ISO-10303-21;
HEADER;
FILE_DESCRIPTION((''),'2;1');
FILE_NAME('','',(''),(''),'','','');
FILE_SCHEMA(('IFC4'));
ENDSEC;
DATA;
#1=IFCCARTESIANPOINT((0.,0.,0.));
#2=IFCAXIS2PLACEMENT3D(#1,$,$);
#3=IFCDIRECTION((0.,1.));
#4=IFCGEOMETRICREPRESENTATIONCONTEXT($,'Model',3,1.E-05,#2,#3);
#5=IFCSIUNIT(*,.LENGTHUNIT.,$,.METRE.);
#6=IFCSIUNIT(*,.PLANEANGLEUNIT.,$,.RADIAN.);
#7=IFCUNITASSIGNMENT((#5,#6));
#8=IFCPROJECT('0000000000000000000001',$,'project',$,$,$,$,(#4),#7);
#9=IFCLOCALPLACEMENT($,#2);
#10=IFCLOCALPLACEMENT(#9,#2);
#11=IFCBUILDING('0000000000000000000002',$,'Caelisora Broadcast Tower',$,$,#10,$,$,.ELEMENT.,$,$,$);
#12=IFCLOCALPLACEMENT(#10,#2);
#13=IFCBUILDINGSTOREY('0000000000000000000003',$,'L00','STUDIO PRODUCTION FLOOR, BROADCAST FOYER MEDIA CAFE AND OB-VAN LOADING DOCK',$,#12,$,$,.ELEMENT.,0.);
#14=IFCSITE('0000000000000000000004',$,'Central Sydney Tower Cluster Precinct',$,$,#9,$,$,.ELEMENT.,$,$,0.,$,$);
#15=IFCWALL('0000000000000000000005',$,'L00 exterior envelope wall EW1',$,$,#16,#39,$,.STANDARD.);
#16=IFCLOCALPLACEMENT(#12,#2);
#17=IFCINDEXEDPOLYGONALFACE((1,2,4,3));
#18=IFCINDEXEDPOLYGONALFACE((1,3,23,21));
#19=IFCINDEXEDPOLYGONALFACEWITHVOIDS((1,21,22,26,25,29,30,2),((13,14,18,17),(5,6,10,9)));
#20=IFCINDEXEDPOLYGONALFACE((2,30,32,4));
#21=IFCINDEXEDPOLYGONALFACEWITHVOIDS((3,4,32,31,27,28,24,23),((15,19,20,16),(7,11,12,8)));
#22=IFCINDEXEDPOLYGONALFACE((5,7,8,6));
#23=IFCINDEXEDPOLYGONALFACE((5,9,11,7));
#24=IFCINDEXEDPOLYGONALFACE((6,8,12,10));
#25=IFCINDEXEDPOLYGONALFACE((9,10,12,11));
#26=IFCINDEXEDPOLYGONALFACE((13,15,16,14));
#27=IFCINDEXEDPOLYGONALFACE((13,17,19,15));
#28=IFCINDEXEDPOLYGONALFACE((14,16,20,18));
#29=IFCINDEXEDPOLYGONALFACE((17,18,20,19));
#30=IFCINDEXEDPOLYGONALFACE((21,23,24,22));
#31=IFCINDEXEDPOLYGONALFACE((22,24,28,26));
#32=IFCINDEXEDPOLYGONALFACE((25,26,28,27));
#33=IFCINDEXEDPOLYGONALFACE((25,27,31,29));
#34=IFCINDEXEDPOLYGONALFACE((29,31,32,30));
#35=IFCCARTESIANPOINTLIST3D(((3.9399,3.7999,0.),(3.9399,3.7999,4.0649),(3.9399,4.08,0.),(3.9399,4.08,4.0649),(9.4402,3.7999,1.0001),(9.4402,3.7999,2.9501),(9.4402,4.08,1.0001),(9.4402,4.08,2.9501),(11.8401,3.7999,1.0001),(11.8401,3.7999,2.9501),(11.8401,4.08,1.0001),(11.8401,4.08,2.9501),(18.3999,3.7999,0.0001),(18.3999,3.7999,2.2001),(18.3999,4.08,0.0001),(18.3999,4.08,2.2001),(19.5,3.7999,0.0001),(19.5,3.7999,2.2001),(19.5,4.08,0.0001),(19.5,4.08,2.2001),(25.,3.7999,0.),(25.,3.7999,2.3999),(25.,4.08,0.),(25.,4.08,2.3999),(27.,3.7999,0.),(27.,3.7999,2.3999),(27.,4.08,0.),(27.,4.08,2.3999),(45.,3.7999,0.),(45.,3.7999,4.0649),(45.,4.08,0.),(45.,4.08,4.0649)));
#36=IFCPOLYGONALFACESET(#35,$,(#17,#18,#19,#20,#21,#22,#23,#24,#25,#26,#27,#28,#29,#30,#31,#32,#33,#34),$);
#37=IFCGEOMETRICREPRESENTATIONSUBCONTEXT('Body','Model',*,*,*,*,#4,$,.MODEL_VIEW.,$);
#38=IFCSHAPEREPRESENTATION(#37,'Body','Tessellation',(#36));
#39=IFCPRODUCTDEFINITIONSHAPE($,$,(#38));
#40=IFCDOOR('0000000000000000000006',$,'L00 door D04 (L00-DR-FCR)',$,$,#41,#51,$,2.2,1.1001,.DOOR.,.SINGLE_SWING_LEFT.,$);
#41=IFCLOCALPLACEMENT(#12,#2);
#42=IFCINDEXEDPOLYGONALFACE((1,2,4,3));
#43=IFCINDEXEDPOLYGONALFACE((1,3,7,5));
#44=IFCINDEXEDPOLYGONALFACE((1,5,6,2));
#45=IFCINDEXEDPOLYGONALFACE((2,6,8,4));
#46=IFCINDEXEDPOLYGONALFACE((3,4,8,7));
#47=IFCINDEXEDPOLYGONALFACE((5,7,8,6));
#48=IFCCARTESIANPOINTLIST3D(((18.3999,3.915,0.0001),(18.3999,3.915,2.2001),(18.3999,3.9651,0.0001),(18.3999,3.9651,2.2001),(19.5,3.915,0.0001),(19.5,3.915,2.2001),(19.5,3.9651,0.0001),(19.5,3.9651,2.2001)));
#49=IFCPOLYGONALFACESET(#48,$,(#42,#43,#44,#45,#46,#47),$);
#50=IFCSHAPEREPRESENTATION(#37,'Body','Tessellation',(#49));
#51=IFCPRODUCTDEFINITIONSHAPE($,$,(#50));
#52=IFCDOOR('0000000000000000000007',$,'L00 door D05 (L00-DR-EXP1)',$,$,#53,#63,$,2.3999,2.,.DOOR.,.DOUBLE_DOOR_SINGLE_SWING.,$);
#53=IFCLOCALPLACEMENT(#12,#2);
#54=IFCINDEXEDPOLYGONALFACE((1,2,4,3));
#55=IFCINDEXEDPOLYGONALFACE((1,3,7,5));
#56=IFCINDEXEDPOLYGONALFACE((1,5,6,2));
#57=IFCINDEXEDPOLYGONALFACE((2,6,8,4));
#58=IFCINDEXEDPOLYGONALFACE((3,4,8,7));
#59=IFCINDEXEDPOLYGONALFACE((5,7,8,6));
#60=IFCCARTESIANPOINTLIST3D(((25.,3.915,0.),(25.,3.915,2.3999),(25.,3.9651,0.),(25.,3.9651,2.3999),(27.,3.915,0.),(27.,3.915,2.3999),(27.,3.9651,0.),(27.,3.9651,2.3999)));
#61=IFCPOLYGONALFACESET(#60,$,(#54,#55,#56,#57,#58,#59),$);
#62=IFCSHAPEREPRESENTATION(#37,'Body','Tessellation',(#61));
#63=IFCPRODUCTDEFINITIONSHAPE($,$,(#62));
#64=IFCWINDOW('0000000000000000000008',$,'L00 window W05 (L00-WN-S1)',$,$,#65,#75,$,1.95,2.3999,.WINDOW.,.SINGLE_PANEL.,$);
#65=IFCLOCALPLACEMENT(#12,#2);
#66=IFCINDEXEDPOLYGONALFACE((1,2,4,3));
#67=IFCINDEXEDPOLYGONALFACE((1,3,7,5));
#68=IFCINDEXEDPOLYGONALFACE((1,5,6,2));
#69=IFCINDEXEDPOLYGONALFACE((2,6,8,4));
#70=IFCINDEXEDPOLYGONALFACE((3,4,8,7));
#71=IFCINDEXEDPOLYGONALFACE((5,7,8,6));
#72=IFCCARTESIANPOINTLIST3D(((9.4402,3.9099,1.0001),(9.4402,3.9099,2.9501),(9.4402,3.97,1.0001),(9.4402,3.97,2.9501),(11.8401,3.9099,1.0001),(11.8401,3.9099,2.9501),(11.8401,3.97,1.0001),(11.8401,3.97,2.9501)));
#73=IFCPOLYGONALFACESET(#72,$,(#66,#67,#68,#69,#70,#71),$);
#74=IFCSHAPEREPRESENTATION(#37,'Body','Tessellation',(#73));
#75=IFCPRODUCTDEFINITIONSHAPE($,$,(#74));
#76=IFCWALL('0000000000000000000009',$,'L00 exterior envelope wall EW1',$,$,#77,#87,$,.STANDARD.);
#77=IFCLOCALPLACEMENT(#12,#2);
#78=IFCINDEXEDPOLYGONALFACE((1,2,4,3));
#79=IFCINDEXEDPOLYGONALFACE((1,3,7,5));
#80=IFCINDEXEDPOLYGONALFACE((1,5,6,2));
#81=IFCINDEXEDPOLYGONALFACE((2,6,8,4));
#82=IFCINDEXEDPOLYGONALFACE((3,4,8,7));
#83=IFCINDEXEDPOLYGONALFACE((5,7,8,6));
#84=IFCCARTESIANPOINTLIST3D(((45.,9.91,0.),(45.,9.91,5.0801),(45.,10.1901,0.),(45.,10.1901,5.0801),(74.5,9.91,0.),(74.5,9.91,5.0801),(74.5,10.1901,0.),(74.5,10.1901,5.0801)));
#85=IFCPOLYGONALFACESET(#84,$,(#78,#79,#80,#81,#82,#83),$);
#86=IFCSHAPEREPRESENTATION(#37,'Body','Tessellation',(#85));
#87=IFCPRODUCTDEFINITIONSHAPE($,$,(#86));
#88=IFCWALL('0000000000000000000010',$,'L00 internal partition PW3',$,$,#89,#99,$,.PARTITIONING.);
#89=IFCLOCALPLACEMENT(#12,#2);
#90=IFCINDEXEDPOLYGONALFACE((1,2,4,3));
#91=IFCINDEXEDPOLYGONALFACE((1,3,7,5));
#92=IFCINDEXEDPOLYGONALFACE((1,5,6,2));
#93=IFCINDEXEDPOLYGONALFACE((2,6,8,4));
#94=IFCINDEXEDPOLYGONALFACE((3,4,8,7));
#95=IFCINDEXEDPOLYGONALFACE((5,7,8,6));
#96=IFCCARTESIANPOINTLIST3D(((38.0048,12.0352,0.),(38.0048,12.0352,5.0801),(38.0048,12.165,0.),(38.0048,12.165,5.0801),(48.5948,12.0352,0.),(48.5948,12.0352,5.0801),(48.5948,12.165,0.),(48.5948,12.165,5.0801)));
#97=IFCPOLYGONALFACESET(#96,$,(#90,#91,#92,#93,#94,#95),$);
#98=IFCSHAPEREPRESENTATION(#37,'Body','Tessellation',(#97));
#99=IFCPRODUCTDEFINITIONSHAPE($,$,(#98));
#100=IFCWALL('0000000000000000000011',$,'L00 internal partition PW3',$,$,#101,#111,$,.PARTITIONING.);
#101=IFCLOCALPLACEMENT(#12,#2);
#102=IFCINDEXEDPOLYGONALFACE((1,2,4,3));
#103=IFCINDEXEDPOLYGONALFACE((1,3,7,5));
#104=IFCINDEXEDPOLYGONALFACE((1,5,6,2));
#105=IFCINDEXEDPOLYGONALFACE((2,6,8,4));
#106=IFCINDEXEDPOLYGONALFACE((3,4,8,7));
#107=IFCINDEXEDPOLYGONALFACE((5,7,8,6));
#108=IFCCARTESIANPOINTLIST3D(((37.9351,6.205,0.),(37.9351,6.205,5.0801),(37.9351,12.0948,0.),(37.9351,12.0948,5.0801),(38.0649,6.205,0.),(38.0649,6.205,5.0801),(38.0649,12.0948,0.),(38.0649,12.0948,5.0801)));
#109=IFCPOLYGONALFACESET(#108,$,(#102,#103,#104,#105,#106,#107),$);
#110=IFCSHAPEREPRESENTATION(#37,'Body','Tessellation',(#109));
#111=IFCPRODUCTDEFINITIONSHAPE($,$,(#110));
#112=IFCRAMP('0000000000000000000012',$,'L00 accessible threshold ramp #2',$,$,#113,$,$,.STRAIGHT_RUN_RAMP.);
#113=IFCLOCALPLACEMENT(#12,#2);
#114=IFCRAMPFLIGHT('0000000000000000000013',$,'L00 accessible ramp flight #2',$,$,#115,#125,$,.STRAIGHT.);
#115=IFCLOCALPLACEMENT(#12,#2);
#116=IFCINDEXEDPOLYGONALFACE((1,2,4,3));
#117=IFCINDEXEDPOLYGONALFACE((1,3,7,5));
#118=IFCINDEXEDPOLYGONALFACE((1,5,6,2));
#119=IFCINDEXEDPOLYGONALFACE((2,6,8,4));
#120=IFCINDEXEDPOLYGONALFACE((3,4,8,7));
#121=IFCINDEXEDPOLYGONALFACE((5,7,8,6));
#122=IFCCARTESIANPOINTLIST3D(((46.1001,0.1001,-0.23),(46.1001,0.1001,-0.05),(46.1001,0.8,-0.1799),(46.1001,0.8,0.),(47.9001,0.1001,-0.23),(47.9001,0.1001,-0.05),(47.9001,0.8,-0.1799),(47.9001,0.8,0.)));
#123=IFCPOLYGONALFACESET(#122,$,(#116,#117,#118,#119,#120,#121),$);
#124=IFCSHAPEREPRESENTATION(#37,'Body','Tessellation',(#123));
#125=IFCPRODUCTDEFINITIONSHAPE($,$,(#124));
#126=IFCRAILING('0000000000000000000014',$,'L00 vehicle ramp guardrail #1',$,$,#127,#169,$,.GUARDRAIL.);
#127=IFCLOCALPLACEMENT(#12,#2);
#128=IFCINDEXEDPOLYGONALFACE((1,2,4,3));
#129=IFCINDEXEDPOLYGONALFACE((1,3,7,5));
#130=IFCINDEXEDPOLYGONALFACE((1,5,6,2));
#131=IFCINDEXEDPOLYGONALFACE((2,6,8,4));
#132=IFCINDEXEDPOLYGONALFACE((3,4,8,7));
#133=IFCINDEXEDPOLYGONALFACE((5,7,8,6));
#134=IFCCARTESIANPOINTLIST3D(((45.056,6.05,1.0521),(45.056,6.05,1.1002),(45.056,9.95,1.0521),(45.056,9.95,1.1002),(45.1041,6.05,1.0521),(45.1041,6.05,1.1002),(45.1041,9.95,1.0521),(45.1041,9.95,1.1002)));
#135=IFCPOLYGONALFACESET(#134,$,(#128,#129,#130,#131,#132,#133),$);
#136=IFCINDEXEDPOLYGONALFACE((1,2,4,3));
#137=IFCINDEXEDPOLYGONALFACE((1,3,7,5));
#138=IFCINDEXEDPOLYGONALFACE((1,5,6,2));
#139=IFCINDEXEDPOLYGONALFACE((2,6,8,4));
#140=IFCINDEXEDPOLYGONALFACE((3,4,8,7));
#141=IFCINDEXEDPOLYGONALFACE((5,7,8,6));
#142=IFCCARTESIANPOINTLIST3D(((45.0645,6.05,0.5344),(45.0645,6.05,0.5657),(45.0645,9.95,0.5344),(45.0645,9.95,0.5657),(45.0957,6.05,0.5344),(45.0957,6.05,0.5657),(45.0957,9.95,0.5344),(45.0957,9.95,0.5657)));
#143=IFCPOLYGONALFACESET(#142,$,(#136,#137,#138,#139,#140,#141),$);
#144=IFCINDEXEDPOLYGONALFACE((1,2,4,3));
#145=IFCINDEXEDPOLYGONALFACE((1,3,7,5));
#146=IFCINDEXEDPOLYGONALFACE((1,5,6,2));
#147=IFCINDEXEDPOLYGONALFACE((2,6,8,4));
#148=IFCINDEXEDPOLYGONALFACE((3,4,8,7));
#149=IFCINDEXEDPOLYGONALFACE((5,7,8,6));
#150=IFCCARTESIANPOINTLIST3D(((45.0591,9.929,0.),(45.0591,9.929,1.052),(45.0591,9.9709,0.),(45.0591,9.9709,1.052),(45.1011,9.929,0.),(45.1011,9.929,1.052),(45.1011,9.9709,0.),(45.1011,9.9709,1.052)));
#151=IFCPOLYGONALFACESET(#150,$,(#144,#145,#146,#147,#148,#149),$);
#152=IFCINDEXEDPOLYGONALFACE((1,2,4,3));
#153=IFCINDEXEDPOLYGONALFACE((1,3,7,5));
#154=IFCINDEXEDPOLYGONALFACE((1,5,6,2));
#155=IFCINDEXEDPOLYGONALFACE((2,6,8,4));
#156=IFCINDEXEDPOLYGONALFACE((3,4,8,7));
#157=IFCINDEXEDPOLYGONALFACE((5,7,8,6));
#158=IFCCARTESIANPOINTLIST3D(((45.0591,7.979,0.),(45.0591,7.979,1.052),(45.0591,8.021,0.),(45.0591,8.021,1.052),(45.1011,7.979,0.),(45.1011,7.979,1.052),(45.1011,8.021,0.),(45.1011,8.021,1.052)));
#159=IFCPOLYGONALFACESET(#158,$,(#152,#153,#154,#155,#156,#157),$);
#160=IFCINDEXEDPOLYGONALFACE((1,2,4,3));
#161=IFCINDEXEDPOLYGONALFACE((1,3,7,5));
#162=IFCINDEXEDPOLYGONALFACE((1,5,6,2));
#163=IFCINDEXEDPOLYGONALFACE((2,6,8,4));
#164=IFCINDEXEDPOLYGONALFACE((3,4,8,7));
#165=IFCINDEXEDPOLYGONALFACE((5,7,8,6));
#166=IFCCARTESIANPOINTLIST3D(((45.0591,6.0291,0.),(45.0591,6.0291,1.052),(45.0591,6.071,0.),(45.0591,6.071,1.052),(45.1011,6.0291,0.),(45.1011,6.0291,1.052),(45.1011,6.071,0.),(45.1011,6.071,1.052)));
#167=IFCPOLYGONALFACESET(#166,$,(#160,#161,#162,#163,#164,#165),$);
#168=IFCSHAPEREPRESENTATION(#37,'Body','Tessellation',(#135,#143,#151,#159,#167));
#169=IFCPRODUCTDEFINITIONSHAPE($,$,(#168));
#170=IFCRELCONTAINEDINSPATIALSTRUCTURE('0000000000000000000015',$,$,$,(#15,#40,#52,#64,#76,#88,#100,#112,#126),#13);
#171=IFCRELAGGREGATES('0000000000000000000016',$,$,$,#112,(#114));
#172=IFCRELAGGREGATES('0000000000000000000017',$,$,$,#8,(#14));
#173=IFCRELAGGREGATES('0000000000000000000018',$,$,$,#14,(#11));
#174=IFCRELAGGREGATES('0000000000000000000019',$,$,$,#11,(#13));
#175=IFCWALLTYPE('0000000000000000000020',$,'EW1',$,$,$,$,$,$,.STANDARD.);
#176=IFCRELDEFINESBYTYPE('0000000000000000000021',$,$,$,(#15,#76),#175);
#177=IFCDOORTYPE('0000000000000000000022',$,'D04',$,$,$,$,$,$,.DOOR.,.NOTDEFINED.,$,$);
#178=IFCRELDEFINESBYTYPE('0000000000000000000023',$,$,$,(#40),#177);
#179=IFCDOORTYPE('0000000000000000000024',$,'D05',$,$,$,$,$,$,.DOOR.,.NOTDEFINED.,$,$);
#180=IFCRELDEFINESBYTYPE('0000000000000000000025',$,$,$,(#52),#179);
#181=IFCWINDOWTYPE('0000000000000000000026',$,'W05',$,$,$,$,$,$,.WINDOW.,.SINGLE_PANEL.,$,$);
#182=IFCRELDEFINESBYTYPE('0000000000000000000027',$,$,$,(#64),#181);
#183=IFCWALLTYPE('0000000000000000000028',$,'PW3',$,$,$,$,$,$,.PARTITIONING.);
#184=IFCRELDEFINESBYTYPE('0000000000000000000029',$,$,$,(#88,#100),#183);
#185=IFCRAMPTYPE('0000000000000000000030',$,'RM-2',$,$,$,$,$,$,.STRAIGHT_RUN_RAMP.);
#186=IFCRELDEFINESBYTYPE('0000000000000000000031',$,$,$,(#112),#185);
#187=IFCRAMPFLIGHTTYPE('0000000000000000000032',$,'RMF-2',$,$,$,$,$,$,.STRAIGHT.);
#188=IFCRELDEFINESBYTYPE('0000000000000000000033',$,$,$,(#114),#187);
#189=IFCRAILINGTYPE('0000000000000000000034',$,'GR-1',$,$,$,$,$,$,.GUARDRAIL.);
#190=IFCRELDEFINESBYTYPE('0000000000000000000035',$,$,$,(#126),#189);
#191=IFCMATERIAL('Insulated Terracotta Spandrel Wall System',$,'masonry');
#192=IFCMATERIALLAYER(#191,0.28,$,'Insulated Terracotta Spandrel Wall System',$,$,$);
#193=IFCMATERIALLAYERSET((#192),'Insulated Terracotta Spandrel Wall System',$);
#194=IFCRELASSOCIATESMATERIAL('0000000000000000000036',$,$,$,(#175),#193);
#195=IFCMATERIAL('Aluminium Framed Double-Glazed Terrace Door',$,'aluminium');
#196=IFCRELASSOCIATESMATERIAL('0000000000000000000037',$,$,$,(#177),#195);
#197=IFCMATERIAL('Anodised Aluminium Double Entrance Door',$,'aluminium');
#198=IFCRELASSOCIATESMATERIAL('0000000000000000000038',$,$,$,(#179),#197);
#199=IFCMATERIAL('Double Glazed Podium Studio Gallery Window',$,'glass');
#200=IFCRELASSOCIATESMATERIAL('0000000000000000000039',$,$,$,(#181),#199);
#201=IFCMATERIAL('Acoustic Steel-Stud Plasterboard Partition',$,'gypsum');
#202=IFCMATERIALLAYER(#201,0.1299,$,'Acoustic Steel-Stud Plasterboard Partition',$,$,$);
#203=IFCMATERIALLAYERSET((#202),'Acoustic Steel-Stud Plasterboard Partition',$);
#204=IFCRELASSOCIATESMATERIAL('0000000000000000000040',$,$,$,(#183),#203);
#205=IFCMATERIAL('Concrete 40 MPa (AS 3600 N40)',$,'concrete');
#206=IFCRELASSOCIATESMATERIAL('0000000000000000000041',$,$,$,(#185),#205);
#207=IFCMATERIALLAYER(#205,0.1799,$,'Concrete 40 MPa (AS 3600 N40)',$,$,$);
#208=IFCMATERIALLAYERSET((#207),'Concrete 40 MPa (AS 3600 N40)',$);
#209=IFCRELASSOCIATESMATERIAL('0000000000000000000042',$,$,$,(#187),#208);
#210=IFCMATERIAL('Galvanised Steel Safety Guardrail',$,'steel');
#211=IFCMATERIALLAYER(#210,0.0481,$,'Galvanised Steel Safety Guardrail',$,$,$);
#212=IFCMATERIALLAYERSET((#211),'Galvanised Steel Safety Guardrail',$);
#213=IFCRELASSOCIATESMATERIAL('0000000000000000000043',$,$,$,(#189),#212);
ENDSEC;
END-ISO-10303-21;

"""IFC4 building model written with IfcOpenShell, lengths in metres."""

from ifc_helpers import new_model, si_unit, direction, frame, frame_2d, origin, origin_2d, place, context, subcontext, project, spatial, polyline, rectangle, outline, extrude, material, layer, layer_set, type_object, element, fill, aggregate, save


model = new_model("IFC4")

# Units and contexts
model_context = context("Model", 3, precision=1e-05, world=origin(), true_north=direction((0.0, 1.0)))
body_context = subcontext(model_context, "Body", "Model", "MODEL_VIEW")
ifc_project = project(units=[si_unit("LENGTHUNIT", "METRE"), si_unit("PLANEANGLEUNIT", "RADIAN")], contexts=[model_context])

# Site, building, storey
site_placement = place(None, origin())
site = spatial("IfcSite", under=ifc_project, at=site_placement, Name="Central Sydney Tower Cluster Precinct", CompositionType="ELEMENT", RefElevation=0.0)
building_placement = place(site_placement, origin())
building = spatial("IfcBuilding", under=site, at=building_placement, Name="Caelisora Broadcast Tower", CompositionType="ELEMENT")
storey_placement = place(building_placement, origin())
storey = spatial("IfcBuildingStorey", under=building, at=storey_placement, Name="L00", Description="STUDIO PRODUCTION FLOOR, BROADCAST FOYER MEDIA CAFE AND OB-VAN LOADING DOCK", CompositionType="ELEMENT", Elevation=0.0)

# Wall, openings, doors, window
ifc_material_1 = material(Name="Insulated Terracotta Spandrel Wall System", Category="masonry")
ifc_layer_1 = layer(ifc_material_1, 0.28, Name="Insulated Terracotta Spandrel Wall System")
ifc_layer_set_1 = layer_set([ifc_layer_1], Name="Insulated Terracotta Spandrel Wall System")
wall_type_1 = type_object("IfcWallType", Name="EW1", PredefinedType="STANDARD", material=ifc_layer_set_1)
wall_1_placement = place(storey_placement, frame((45.0, 3.9399, 0.0), z_axis=(0.0, 0.0, 1.0), x_axis=(-1.0, 0.0, 0.0)))
wall_1 = element("IfcWall", 1, at=wall_1_placement, inside=storey, type_object=wall_type_1, Name="L00 exterior envelope wall EW1", PredefinedType="STANDARD", context=body_context, shape_type="SweptSolid", body=[
    extrude(rectangle(XDim=41.0601, YDim=0.28, at=frame_2d((20.53, 0.0))), origin(), (0.0, 0.0, 1.0), 4.0649),
])
opening_1_placement = place(wall_1_placement, frame((18.0, 0.0, 0.0)))
opening_1 = element("IfcOpeningElement", 2, at=opening_1_placement, cuts=wall_1, PredefinedType="OPENING", context=body_context, shape_type="SweptSolid", body=[
    extrude(rectangle(XDim=2.0, YDim=2.3999, at=frame_2d((1.0, 1.2))), frame((0.0, 0.1521, 0.0), z_axis=(0.0, -1.0, 0.0), x_axis=(1.0, 0.0, 0.0)), (0.0, 0.0, 1.0), 0.304),
])
opening_2_placement = place(wall_1_placement, frame((25.5, 0.0, 0.0)))
opening_2 = element("IfcOpeningElement", 3, at=opening_2_placement, cuts=wall_1, PredefinedType="OPENING", context=body_context, shape_type="SweptSolid", body=[
    extrude(rectangle(XDim=1.1001, YDim=2.2, at=frame_2d((0.55, 1.1001))), frame((0.0, 0.1521, 0.0), z_axis=(0.0, -1.0, 0.0), x_axis=(1.0, 0.0, 0.0)), (0.0, 0.0, 1.0), 0.304),
])
opening_3_placement = place(wall_1_placement, frame((33.1599, 0.0, 1.0)))
opening_3 = element("IfcOpeningElement", 4, at=opening_3_placement, cuts=wall_1, PredefinedType="OPENING", context=body_context, shape_type="SweptSolid", body=[
    extrude(rectangle(XDim=2.3999, YDim=1.95, at=frame_2d((1.2, 0.9751))), frame((0.0, 0.1521, 0.0), z_axis=(0.0, -1.0, 0.0), x_axis=(1.0, 0.0, 0.0)), (0.0, 0.0, 1.0), 0.304),
])
ifc_material_2 = material(Name="Aluminium Framed Double-Glazed Terrace Door", Category="aluminium")
door_type_1 = type_object("IfcDoorType", Name="D04", OperationType="NOTDEFINED", PredefinedType="DOOR", material=ifc_material_2)
door_1_placement = place(opening_2_placement, origin())
door_1 = element("IfcDoor", 5, at=door_1_placement, inside=storey, type_object=door_type_1, Name="L00 door D04 (L00-DR-FCR)", OperationType="SINGLE_SWING_LEFT", OverallHeight=2.2, OverallWidth=1.1001, PredefinedType="DOOR", context=body_context, shape_type="SweptSolid", body=[
    extrude(rectangle(XDim=1.1001, YDim=2.2, at=frame_2d((0.55, 1.1001))), frame((0.0, 0.0249, 0.0), z_axis=(0.0, -1.0, 0.0), x_axis=(1.0, 0.0, 0.0)), (0.0, 0.0, 1.0), 0.05),
])
fill(opening_2, door_1)
ifc_material_3 = material(Name="Anodised Aluminium Double Entrance Door", Category="aluminium")
door_type_2 = type_object("IfcDoorType", Name="D05", OperationType="NOTDEFINED", PredefinedType="DOOR", material=ifc_material_3)
door_2_placement = place(opening_1_placement, origin())
door_2 = element("IfcDoor", 6, at=door_2_placement, inside=storey, type_object=door_type_2, Name="L00 door D05 (L00-DR-EXP1)", OperationType="DOUBLE_DOOR_SINGLE_SWING", OverallHeight=2.3999, OverallWidth=2.0, PredefinedType="DOOR", context=body_context, shape_type="SweptSolid", body=[
    extrude(rectangle(XDim=2.0, YDim=2.3999, at=frame_2d((1.0, 1.2))), frame((0.0, 0.0249, 0.0), z_axis=(0.0, -1.0, 0.0), x_axis=(1.0, 0.0, 0.0)), (0.0, 0.0, 1.0), 0.05),
])
fill(opening_1, door_2)
ifc_material_4 = material(Name="Double Glazed Podium Studio Gallery Window", Category="glass")
window_type = type_object("IfcWindowType", Name="W05", PartitioningType="SINGLE_PANEL", PredefinedType="WINDOW", material=ifc_material_4)
window_placement = place(opening_3_placement, origin())
window = element("IfcWindow", 7, at=window_placement, inside=storey, type_object=window_type, Name="L00 window W05 (L00-WN-S1)", OverallHeight=1.95, OverallWidth=2.3999, PartitioningType="SINGLE_PANEL", PredefinedType="WINDOW", context=body_context, shape_type="SweptSolid", body=[
    extrude(rectangle(XDim=2.3999, YDim=1.95, at=frame_2d((1.2, 0.9751))), frame((0.0, 0.03, 0.0), z_axis=(0.0, -1.0, 0.0), x_axis=(1.0, 0.0, 0.0)), (0.0, 0.0, 1.0), 0.0601),
])
fill(opening_3, window)

# Walls
wall_2_placement = place(storey_placement, frame((45.0, 10.05, 0.0), z_axis=(0.0, 0.0, 1.0), x_axis=(1.0, 0.0, 0.0)))
element("IfcWall", 8, at=wall_2_placement, inside=storey, type_object=wall_type_1, Name="L00 exterior envelope wall EW1", PredefinedType="STANDARD", context=body_context, shape_type="SweptSolid", body=[
    extrude(rectangle(XDim=29.5, YDim=0.28, at=frame_2d((14.75, 0.0))), origin(), (0.0, 0.0, 1.0), 5.0801),
])
ifc_material_5 = material(Name="Acoustic Steel-Stud Plasterboard Partition", Category="gypsum")
ifc_layer_2 = layer(ifc_material_5, 0.1299, Name="Acoustic Steel-Stud Plasterboard Partition")
ifc_layer_set_2 = layer_set([ifc_layer_2], Name="Acoustic Steel-Stud Plasterboard Partition")
wall_type_2 = type_object("IfcWallType", Name="PW3", PredefinedType="PARTITIONING", material=ifc_layer_set_2)
wall_3_placement = place(storey_placement, frame((38.0049, 12.1001, 0.0), z_axis=(0.0, 0.0, 1.0), x_axis=(1.0, 0.0, 0.0)))
element("IfcWall", 9, at=wall_3_placement, inside=storey, type_object=wall_type_2, Name="L00 internal partition PW3", PredefinedType="PARTITIONING", context=body_context, shape_type="SweptSolid", body=[
    extrude(rectangle(XDim=10.5901, YDim=0.1299, at=frame_2d((5.2949, 0.0))), origin(), (0.0, 0.0, 1.0), 5.0801),
])
wall_4_placement = place(storey_placement, frame((38.0, 6.2051, 0.0), z_axis=(0.0, 0.0, 1.0), x_axis=(0.0, 1.0, 0.0)))
element("IfcWall", 10, at=wall_4_placement, inside=storey, type_object=wall_type_2, Name="L00 internal partition PW3", PredefinedType="PARTITIONING", context=body_context, shape_type="SweptSolid", body=[
    extrude(rectangle(XDim=5.8899, YDim=0.1299, at=frame_2d((2.9448, 0.0))), origin(), (0.0, 0.0, 1.0), 5.0801),
])

# Ramp, ramp flight
ifc_material_6 = material(Name="Concrete 40 MPa (AS 3600 N40)", Category="concrete")
ramp_type = type_object("IfcRampType", Name="RM-2", PredefinedType="STRAIGHT_RUN_RAMP", material=ifc_material_6)
ramp_placement = place(storey_placement, origin())
ramp = element("IfcRamp", 11, at=ramp_placement, inside=storey, type_object=ramp_type, Name="L00 accessible threshold ramp #2", PredefinedType="STRAIGHT_RUN_RAMP")
ifc_layer_3 = layer(ifc_material_6, 0.1799, Name="Concrete 40 MPa (AS 3600 N40)")
ifc_layer_set_3 = layer_set([ifc_layer_3], Name="Concrete 40 MPa (AS 3600 N40)")
ramp_flight_type = type_object("IfcRampFlightType", Name="RMF-2", PredefinedType="STRAIGHT", material=ifc_layer_set_3)
ramp_flight_placement = place(storey_placement, frame((47.0, 0.1001, -0.05), z_axis=(0.0, 0.0, 1.0), x_axis=(0.0, 1.0, 0.0)))
ramp_flight = element("IfcRampFlight", 12, at=ramp_flight_placement, type_object=ramp_flight_type, Name="L00 accessible ramp flight #2", PredefinedType="STRAIGHT", context=body_context, shape_type="SweptSolid", body=[
    extrude(outline(polyline([(0.0, 0.0), (0.7, 0.05), (0.7, -0.1299), (0.0, -0.1799), (0.0, 0.0)])), frame((0.0, 0.8999, 0.0), z_axis=(0.0, -1.0, 0.0), x_axis=(1.0, 0.0, 0.0)), (0.0, 0.0, 1.0), 1.8),
])
aggregate(ramp, [ramp_flight])

# Railing
ifc_material_7 = material(Name="Galvanised Steel Safety Guardrail", Category="steel")
ifc_layer_4 = layer(ifc_material_7, 0.0481, Name="Galvanised Steel Safety Guardrail")
ifc_layer_set_4 = layer_set([ifc_layer_4], Name="Galvanised Steel Safety Guardrail")
railing_type = type_object("IfcRailingType", Name="GR-1", PredefinedType="GUARDRAIL", material=ifc_layer_set_4)
railing_1_placement = place(storey_placement, frame((45.0801, 9.95, 0.0)))
element("IfcRailing", 13, at=railing_1_placement, inside=storey, type_object=railing_type, Name="L00 vehicle ramp guardrail #1", PredefinedType="GUARDRAIL", context=body_context, shape_type="SweptSolid", body=[
    extrude(rectangle(XDim=0.0481, YDim=0.0481, at=origin_2d()), frame((0.0, 0.0, 1.0762), z_axis=(0.0, -1.0, 0.0), x_axis=(1.0, 0.0, 0.0)), (0.0, 0.0, 1.0), 3.8999),
    extrude(rectangle(XDim=0.0312, YDim=0.0312, at=origin_2d()), frame((0.0, 0.0, 0.55), z_axis=(0.0, -1.0, 0.0), x_axis=(1.0, 0.0, 0.0)), (0.0, 0.0, 1.0), 3.8999),
    extrude(rectangle(XDim=0.042, YDim=0.042, at=origin_2d()), origin(), (0.0, 0.0, 1.0), 1.052),
    extrude(rectangle(XDim=0.042, YDim=0.042, at=origin_2d()), frame((0.0, -1.95, 0.0)), (0.0, 0.0, 1.0), 1.052),
    extrude(rectangle(XDim=0.042, YDim=0.042, at=origin_2d()), frame((0.0, -3.8999, 0.0)), (0.0, 0.0, 1.0), 1.052),
])

save(model, "model.ifc")
